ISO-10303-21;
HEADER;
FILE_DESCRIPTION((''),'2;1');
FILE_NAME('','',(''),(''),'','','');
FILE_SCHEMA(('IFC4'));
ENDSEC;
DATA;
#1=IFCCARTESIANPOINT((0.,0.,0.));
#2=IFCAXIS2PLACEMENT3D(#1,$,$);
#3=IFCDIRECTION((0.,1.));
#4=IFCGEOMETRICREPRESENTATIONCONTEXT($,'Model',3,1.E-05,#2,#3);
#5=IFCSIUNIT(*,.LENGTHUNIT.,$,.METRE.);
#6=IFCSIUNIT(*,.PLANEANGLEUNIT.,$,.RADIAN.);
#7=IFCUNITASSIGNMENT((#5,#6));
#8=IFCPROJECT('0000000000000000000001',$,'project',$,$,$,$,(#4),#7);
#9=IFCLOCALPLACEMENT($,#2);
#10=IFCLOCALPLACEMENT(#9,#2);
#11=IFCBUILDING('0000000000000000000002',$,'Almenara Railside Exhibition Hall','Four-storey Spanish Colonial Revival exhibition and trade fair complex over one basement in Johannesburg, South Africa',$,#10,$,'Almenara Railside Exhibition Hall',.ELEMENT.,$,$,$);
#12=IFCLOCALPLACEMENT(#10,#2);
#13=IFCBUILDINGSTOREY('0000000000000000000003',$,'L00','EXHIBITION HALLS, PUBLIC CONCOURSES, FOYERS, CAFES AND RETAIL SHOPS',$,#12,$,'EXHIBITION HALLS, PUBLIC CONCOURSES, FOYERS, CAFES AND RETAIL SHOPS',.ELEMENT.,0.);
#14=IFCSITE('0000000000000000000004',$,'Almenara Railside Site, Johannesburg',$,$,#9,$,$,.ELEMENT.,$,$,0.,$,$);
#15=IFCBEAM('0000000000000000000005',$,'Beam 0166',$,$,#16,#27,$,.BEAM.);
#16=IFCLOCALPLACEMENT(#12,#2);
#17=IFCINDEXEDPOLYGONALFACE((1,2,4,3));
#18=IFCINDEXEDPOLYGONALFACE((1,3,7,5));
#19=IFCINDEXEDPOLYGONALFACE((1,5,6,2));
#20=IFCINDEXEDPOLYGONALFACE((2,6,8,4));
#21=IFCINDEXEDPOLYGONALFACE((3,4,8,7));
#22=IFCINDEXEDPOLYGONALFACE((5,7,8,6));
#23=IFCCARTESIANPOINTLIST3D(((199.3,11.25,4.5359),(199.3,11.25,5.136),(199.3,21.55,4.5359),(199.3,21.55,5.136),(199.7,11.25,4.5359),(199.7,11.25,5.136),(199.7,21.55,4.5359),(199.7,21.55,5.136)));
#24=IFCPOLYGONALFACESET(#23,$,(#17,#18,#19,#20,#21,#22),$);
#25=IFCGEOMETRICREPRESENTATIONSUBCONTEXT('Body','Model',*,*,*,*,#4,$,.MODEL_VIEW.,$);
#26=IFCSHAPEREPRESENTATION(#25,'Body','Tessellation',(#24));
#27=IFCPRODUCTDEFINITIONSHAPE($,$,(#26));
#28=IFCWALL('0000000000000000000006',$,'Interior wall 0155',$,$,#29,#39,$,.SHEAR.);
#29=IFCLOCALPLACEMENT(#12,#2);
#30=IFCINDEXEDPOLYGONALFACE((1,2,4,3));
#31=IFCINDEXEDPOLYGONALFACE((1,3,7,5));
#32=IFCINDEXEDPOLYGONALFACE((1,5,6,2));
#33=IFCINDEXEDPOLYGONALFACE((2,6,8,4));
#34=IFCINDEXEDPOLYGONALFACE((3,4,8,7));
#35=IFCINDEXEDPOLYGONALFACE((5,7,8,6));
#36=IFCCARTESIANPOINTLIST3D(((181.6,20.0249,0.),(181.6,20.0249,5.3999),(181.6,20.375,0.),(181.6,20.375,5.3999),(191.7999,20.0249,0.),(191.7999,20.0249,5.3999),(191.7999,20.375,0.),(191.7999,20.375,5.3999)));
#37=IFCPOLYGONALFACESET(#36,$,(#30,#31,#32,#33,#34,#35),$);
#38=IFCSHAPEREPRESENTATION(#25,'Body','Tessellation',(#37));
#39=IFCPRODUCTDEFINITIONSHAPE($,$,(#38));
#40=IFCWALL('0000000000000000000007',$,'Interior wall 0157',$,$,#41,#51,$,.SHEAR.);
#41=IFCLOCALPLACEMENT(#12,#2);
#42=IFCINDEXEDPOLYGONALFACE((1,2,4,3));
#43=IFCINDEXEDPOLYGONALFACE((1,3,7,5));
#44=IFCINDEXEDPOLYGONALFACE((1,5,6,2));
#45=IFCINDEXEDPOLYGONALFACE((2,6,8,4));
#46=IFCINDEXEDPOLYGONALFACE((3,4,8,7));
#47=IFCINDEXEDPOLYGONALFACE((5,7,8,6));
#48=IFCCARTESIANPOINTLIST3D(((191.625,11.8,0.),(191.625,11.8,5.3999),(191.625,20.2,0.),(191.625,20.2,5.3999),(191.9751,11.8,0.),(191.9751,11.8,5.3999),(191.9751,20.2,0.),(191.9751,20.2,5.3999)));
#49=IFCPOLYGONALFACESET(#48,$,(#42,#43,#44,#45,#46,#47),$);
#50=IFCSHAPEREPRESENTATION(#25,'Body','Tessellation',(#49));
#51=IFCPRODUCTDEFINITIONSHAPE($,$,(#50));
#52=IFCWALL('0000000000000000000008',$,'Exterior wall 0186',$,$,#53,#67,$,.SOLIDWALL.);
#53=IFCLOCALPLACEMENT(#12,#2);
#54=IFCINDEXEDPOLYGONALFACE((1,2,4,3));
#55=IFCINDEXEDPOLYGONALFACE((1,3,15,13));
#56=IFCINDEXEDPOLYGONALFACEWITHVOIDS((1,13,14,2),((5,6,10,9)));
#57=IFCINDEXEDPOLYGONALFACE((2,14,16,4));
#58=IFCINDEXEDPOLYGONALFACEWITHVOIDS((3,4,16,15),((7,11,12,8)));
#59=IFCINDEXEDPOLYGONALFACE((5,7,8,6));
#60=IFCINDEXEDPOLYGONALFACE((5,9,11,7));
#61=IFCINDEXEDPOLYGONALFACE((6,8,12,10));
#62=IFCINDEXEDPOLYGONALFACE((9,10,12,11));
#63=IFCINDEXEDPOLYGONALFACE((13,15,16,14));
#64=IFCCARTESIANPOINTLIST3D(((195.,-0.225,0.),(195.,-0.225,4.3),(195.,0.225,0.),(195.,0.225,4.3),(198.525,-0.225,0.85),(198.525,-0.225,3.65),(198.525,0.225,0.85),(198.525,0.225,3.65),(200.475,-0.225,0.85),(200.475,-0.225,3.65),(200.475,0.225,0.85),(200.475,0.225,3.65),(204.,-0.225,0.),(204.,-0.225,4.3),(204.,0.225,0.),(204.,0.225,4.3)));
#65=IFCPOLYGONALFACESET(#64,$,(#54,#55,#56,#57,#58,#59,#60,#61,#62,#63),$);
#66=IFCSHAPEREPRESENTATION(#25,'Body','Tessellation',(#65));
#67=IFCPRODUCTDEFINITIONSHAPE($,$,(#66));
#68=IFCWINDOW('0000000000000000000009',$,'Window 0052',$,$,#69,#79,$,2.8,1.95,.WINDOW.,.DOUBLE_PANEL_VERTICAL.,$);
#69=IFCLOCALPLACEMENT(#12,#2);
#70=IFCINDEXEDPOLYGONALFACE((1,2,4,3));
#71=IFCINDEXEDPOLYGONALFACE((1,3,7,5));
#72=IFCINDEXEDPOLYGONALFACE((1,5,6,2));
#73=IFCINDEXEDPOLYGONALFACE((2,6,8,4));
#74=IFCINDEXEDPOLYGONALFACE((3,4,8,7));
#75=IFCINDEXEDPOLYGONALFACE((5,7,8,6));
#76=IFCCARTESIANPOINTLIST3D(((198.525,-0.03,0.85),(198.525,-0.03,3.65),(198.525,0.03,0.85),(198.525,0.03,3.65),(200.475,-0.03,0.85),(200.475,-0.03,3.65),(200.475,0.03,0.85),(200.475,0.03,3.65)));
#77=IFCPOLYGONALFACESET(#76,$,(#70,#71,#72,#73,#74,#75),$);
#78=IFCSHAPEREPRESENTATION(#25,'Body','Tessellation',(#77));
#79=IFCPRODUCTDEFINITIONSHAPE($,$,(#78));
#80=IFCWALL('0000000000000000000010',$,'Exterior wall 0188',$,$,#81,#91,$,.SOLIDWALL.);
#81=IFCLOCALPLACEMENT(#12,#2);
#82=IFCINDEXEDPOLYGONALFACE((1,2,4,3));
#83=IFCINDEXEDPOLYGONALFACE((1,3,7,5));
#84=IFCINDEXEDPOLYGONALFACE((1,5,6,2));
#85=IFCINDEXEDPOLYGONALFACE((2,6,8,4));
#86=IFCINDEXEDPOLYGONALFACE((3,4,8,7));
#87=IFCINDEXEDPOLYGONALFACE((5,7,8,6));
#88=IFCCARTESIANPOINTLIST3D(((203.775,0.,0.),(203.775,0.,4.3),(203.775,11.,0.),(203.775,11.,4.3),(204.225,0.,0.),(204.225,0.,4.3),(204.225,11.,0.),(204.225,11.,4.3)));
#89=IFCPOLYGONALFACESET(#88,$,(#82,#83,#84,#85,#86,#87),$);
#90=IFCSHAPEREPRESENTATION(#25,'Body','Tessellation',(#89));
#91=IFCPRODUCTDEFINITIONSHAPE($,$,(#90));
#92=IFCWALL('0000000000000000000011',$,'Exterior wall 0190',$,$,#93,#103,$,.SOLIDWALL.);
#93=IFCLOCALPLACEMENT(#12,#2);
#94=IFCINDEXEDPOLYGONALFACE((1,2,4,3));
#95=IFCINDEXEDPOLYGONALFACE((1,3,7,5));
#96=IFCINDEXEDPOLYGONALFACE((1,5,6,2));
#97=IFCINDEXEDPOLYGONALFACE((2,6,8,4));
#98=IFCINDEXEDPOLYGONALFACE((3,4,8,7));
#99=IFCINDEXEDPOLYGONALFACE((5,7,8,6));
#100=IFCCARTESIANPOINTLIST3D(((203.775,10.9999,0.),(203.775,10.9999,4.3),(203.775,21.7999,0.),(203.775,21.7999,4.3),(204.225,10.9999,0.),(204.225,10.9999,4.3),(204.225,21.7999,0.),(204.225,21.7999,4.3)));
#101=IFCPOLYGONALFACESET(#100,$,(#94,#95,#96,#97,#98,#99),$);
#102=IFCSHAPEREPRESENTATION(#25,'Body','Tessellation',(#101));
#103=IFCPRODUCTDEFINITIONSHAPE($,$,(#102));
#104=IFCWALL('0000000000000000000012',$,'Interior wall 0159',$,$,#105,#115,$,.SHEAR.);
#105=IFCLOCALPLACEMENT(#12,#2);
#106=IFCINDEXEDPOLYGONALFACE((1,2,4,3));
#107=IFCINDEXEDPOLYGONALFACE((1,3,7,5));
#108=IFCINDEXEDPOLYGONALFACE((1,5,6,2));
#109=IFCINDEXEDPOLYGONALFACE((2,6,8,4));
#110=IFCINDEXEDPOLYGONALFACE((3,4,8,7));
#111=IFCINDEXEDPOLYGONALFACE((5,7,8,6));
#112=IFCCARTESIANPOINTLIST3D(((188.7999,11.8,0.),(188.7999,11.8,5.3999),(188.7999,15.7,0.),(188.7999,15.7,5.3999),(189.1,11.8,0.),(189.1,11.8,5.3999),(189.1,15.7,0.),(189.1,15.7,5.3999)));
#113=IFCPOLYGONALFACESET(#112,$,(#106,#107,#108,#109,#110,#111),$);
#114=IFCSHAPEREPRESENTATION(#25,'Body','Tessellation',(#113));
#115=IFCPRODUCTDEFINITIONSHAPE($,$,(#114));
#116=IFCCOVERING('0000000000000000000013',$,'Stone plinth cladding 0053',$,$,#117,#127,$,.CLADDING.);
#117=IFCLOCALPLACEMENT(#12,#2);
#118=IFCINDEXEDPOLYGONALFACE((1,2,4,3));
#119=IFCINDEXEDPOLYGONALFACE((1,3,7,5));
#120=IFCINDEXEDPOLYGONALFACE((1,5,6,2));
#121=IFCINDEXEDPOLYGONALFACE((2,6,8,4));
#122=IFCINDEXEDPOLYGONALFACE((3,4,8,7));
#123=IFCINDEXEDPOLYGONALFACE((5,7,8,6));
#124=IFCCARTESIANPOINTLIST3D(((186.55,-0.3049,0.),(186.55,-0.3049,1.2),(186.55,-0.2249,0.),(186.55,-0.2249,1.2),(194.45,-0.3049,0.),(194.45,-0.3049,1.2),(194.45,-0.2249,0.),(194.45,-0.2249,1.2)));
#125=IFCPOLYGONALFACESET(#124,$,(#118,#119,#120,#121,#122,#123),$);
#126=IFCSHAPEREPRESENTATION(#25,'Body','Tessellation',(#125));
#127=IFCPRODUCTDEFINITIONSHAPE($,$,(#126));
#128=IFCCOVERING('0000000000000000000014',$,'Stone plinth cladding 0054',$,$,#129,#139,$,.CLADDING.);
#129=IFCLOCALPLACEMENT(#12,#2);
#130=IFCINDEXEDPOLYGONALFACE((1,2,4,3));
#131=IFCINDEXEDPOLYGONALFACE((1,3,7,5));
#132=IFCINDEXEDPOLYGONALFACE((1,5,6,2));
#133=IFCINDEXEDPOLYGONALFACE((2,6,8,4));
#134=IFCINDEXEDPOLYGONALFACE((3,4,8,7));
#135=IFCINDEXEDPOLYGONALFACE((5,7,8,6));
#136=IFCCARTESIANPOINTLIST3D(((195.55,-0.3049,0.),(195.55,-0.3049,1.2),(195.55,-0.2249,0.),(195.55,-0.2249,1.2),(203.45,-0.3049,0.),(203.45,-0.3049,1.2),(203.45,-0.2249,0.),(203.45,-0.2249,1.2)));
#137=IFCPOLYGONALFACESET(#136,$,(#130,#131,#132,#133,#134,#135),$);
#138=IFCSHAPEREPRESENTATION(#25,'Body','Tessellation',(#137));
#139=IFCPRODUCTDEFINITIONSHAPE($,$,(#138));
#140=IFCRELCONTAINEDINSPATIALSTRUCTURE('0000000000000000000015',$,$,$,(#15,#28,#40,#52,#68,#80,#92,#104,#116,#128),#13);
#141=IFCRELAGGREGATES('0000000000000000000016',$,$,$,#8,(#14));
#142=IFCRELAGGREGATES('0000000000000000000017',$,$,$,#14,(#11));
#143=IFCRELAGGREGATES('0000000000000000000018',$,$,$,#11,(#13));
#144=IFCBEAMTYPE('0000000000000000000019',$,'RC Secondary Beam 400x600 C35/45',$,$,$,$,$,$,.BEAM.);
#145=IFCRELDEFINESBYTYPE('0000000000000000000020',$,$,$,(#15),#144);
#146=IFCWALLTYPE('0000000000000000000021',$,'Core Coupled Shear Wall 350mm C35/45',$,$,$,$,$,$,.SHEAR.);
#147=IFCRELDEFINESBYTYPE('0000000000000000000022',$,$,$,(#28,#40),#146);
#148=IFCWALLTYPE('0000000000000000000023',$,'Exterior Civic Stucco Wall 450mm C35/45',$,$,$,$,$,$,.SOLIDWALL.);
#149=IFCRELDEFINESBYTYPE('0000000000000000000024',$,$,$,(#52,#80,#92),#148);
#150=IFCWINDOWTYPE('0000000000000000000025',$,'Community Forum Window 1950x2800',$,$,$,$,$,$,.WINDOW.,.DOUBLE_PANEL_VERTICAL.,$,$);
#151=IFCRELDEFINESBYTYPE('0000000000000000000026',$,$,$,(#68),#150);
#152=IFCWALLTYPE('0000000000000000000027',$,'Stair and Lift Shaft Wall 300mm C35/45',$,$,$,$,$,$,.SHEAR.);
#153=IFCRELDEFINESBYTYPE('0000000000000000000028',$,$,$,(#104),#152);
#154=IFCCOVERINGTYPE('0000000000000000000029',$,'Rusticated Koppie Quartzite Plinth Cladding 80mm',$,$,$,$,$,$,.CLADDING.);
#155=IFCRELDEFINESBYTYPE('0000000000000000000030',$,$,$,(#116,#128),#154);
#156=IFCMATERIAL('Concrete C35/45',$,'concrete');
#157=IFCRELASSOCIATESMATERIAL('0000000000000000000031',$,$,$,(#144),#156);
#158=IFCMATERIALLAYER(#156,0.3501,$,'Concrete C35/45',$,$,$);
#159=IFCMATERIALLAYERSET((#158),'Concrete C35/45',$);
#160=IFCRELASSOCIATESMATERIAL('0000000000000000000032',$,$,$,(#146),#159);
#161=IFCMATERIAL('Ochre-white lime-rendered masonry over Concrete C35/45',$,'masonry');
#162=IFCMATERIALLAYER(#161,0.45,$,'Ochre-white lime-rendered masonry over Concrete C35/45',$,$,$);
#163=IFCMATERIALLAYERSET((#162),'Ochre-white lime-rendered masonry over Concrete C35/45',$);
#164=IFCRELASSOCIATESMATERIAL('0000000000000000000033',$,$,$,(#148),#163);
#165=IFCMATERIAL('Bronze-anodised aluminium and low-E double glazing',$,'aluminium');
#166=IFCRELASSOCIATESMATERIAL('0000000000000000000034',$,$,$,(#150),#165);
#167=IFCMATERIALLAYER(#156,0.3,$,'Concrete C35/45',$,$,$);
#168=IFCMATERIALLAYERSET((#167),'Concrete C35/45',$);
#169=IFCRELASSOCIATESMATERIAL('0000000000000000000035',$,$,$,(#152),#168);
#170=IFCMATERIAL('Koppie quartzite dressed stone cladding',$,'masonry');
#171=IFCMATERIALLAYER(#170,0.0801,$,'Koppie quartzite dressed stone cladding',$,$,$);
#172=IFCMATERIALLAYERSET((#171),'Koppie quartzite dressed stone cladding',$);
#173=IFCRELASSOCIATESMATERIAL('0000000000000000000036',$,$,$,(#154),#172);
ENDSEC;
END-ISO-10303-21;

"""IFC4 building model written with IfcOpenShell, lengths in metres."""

from ifc_helpers import new_model, si_unit, direction, frame, frame_2d, origin, origin_2d, place, context, subcontext, project, spatial, rectangle, extrude, material, layer, layer_set, material_profile, profile_set, type_object, element, fill, save


model = new_model("IFC4")

# Units and contexts
model_context = context("Model", 3, precision=1e-05, world=origin(), true_north=direction((0.0, 1.0)))
body_context = subcontext(model_context, "Body", "Model", "MODEL_VIEW")
ifc_project = project(units=[si_unit("LENGTHUNIT", "METRE"), si_unit("PLANEANGLEUNIT", "RADIAN")], contexts=[model_context])

# Site, building, storey
site_placement = place(None, origin())
site = spatial("IfcSite", under=ifc_project, at=site_placement, Name="Almenara Railside Site, Johannesburg", CompositionType="ELEMENT", RefElevation=0.0)
building_placement = place(site_placement, origin())
building = spatial("IfcBuilding", under=site, at=building_placement, Name="Almenara Railside Exhibition Hall", Description="Four-storey Spanish Colonial Revival exhibition and trade fair complex over one basement in Johannesburg, South Africa", LongName="Almenara Railside Exhibition Hall", CompositionType="ELEMENT")
storey_placement = place(building_placement, origin())
storey = spatial("IfcBuildingStorey", under=building, at=storey_placement, Name="L00", Description="EXHIBITION HALLS, PUBLIC CONCOURSES, FOYERS, CAFES AND RETAIL SHOPS", LongName="EXHIBITION HALLS, PUBLIC CONCOURSES, FOYERS, CAFES AND RETAIL SHOPS", CompositionType="ELEMENT", Elevation=0.0)

# Beam
ifc_material_1 = material(Name="Concrete C35/45", Category="concrete")
ifc_material_profile_1 = material_profile(ifc_material_1, rectangle(XDim=0.3999, YDim=0.6001, at=origin_2d()), Name="RC 400x600")
ifc_profile_set_1 = profile_set([ifc_material_profile_1], Name="Concrete C35/45")
beam_type_1 = type_object("IfcBeamType", Name="RC Secondary Beam 400x600 C35/45", PredefinedType="BEAM", material=ifc_profile_set_1)
beam_1_placement = place(storey_placement, frame((199.5, 11.25, 4.8359), z_axis=(0.0, 1.0, 0.0), x_axis=(-1.0, 0.0, 0.0)))
element("IfcBeam", 1, at=beam_1_placement, inside=storey, type_object=beam_type_1, Name="Beam 0166", PredefinedType="BEAM", context=body_context, shape_type="SweptSolid", body=[
    extrude(rectangle(XDim=0.3999, YDim=0.6001, at=origin_2d()), origin(), (0.0, 0.0, 1.0), 10.3),
])

# Walls
ifc_layer_1 = layer(ifc_material_1, 0.3501, Name="Concrete C35/45")
ifc_layer_set_1 = layer_set([ifc_layer_1], Name="Concrete C35/45")
wall_type_1 = type_object("IfcWallType", Name="Core Coupled Shear Wall 350mm C35/45", PredefinedType="SHEAR", material=ifc_layer_set_1)
wall_1_placement = place(storey_placement, frame((191.8, 20.2, 0.0), z_axis=(0.0, 0.0, 1.0), x_axis=(-1.0, 0.0, 0.0)))
element("IfcWall", 2, at=wall_1_placement, inside=storey, type_object=wall_type_1, Name="Interior wall 0155", PredefinedType="SHEAR", context=body_context, shape_type="SweptSolid", body=[
    extrude(rectangle(XDim=10.2, YDim=0.3501, at=frame_2d((5.1001, 0.0))), origin(), (0.0, 0.0, 1.0), 5.3999),
])
wall_2_placement = place(storey_placement, frame((191.8, 11.8, 0.0), z_axis=(0.0, 0.0, 1.0), x_axis=(0.0, 1.0, 0.0)))
element("IfcWall", 3, at=wall_2_placement, inside=storey, type_object=wall_type_1, Name="Interior wall 0157", PredefinedType="SHEAR", context=body_context, shape_type="SweptSolid", body=[
    extrude(rectangle(XDim=8.3999, YDim=0.3501, at=frame_2d((4.2, 0.0))), origin(), (0.0, 0.0, 1.0), 5.3999),
])

# Wall, opening, window
ifc_material_2 = material(Name="Ochre-white lime-rendered masonry over Concrete C35/45", Category="masonry")
ifc_layer_2 = layer(ifc_material_2, 0.45, Name="Ochre-white lime-rendered masonry over Concrete C35/45")
ifc_layer_set_2 = layer_set([ifc_layer_2], Name="Ochre-white lime-rendered masonry over Concrete C35/45")
wall_type_2 = type_object("IfcWallType", Name="Exterior Civic Stucco Wall 450mm C35/45", PredefinedType="SOLIDWALL", material=ifc_layer_set_2)
wall_3_placement = place(storey_placement, frame((195.0, 0.0, 0.0), z_axis=(0.0, 0.0, 1.0), x_axis=(1.0, 0.0, 0.0)))
wall_3 = element("IfcWall", 4, at=wall_3_placement, inside=storey, type_object=wall_type_2, Name="Exterior wall 0186", PredefinedType="SOLIDWALL", context=body_context, shape_type="SweptSolid", body=[
    extrude(rectangle(XDim=9.0, YDim=0.45, at=frame_2d((4.5, 0.0))), origin(), (0.0, 0.0, 1.0), 4.3),
])
opening_placement = place(wall_3_placement, frame((3.5249, 0.0, 0.8501)))
opening = element("IfcOpeningElement", 5, at=opening_placement, cuts=wall_3, PredefinedType="OPENING", context=body_context, shape_type="SweptSolid", body=[
    extrude(rectangle(XDim=1.95, YDim=2.8, at=frame_2d((0.9751, 1.3999))), frame((0.0, 0.2349, 0.0), z_axis=(0.0, -1.0, 0.0), x_axis=(1.0, 0.0, 0.0)), (0.0, 0.0, 1.0), 0.47),
])
ifc_material_3 = material(Name="Bronze-anodised aluminium and low-E double glazing", Category="aluminium")
window_type = type_object("IfcWindowType", Name="Community Forum Window 1950x2800", PartitioningType="DOUBLE_PANEL_VERTICAL", PredefinedType="WINDOW", material=ifc_material_3)
window_placement = place(opening_placement, origin())
window = element("IfcWindow", 6, at=window_placement, inside=storey, type_object=window_type, Name="Window 0052", OverallHeight=2.8, OverallWidth=1.95, PartitioningType="DOUBLE_PANEL_VERTICAL", PredefinedType="WINDOW", context=body_context, shape_type="SweptSolid", body=[
    extrude(rectangle(XDim=1.95, YDim=2.8, at=frame_2d((0.9751, 1.3999))), frame((0.0, 0.03, 0.0), z_axis=(0.0, -1.0, 0.0), x_axis=(1.0, 0.0, 0.0)), (0.0, 0.0, 1.0), 0.0601),
])
fill(opening, window)

# Walls
wall_4_placement = place(storey_placement, frame((204.0, 0.0, 0.0), z_axis=(0.0, 0.0, 1.0), x_axis=(0.0, 1.0, 0.0)))
element("IfcWall", 7, at=wall_4_placement, inside=storey, type_object=wall_type_2, Name="Exterior wall 0188", PredefinedType="SOLIDWALL", context=body_context, shape_type="SweptSolid", body=[
    extrude(rectangle(XDim=11.0, YDim=0.45, at=frame_2d((5.5, 0.0))), origin(), (0.0, 0.0, 1.0), 4.3),
])
wall_5_placement = place(storey_placement, frame((204.0, 11.0, 0.0), z_axis=(0.0, 0.0, 1.0), x_axis=(0.0, 1.0, 0.0)))
element("IfcWall", 8, at=wall_5_placement, inside=storey, type_object=wall_type_2, Name="Exterior wall 0190", PredefinedType="SOLIDWALL", context=body_context, shape_type="SweptSolid", body=[
    extrude(rectangle(XDim=10.8, YDim=0.45, at=frame_2d((5.3999, 0.0))), origin(), (0.0, 0.0, 1.0), 4.3),
])
ifc_layer_3 = layer(ifc_material_1, 0.3, Name="Concrete C35/45")
ifc_layer_set_3 = layer_set([ifc_layer_3], Name="Concrete C35/45")
wall_type_3 = type_object("IfcWallType", Name="Stair and Lift Shaft Wall 300mm C35/45", PredefinedType="SHEAR", material=ifc_layer_set_3)
wall_6_placement = place(storey_placement, frame((188.95, 11.8, 0.0), z_axis=(0.0, 0.0, 1.0), x_axis=(0.0, 1.0, 0.0)))
element("IfcWall", 9, at=wall_6_placement, inside=storey, type_object=wall_type_3, Name="Interior wall 0159", PredefinedType="SHEAR", context=body_context, shape_type="SweptSolid", body=[
    extrude(rectangle(XDim=3.8999, YDim=0.3, at=frame_2d((1.95, 0.0))), origin(), (0.0, 0.0, 1.0), 5.3999),
])

# Coverings
ifc_material_4 = material(Name="Koppie quartzite dressed stone cladding", Category="masonry")
ifc_layer_4 = layer(ifc_material_4, 0.0801, Name="Koppie quartzite dressed stone cladding")
ifc_layer_set_4 = layer_set([ifc_layer_4], Name="Koppie quartzite dressed stone cladding")
covering_type = type_object("IfcCoveringType", Name="Rusticated Koppie Quartzite Plinth Cladding 80mm", PredefinedType="CLADDING", material=ifc_layer_set_4)
for number, where, z_axis, x_axis, name in (
    (10, (190.5, -0.2649, 0.0), (0.0, 0.0, 1.0), (1.0, 0.0, 0.0), "Stone plinth cladding 0053"),
    (11, (199.5, -0.2649, 0.0), (0.0, 0.0, 1.0), (1.0, 0.0, 0.0), "Stone plinth cladding 0054"),
):
    element("IfcCovering", number, at=place(storey_placement, frame(where, z_axis=z_axis, x_axis=x_axis)), inside=storey, type_object=covering_type, Name=name, PredefinedType="CLADDING", context=body_context, shape_type="SweptSolid", body=[
        extrude(rectangle(XDim=7.8999, YDim=0.0801, at=origin_2d()), origin(), (0.0, 0.0, 1.0), 1.2),
    ])

save(model, "model.ifc")
